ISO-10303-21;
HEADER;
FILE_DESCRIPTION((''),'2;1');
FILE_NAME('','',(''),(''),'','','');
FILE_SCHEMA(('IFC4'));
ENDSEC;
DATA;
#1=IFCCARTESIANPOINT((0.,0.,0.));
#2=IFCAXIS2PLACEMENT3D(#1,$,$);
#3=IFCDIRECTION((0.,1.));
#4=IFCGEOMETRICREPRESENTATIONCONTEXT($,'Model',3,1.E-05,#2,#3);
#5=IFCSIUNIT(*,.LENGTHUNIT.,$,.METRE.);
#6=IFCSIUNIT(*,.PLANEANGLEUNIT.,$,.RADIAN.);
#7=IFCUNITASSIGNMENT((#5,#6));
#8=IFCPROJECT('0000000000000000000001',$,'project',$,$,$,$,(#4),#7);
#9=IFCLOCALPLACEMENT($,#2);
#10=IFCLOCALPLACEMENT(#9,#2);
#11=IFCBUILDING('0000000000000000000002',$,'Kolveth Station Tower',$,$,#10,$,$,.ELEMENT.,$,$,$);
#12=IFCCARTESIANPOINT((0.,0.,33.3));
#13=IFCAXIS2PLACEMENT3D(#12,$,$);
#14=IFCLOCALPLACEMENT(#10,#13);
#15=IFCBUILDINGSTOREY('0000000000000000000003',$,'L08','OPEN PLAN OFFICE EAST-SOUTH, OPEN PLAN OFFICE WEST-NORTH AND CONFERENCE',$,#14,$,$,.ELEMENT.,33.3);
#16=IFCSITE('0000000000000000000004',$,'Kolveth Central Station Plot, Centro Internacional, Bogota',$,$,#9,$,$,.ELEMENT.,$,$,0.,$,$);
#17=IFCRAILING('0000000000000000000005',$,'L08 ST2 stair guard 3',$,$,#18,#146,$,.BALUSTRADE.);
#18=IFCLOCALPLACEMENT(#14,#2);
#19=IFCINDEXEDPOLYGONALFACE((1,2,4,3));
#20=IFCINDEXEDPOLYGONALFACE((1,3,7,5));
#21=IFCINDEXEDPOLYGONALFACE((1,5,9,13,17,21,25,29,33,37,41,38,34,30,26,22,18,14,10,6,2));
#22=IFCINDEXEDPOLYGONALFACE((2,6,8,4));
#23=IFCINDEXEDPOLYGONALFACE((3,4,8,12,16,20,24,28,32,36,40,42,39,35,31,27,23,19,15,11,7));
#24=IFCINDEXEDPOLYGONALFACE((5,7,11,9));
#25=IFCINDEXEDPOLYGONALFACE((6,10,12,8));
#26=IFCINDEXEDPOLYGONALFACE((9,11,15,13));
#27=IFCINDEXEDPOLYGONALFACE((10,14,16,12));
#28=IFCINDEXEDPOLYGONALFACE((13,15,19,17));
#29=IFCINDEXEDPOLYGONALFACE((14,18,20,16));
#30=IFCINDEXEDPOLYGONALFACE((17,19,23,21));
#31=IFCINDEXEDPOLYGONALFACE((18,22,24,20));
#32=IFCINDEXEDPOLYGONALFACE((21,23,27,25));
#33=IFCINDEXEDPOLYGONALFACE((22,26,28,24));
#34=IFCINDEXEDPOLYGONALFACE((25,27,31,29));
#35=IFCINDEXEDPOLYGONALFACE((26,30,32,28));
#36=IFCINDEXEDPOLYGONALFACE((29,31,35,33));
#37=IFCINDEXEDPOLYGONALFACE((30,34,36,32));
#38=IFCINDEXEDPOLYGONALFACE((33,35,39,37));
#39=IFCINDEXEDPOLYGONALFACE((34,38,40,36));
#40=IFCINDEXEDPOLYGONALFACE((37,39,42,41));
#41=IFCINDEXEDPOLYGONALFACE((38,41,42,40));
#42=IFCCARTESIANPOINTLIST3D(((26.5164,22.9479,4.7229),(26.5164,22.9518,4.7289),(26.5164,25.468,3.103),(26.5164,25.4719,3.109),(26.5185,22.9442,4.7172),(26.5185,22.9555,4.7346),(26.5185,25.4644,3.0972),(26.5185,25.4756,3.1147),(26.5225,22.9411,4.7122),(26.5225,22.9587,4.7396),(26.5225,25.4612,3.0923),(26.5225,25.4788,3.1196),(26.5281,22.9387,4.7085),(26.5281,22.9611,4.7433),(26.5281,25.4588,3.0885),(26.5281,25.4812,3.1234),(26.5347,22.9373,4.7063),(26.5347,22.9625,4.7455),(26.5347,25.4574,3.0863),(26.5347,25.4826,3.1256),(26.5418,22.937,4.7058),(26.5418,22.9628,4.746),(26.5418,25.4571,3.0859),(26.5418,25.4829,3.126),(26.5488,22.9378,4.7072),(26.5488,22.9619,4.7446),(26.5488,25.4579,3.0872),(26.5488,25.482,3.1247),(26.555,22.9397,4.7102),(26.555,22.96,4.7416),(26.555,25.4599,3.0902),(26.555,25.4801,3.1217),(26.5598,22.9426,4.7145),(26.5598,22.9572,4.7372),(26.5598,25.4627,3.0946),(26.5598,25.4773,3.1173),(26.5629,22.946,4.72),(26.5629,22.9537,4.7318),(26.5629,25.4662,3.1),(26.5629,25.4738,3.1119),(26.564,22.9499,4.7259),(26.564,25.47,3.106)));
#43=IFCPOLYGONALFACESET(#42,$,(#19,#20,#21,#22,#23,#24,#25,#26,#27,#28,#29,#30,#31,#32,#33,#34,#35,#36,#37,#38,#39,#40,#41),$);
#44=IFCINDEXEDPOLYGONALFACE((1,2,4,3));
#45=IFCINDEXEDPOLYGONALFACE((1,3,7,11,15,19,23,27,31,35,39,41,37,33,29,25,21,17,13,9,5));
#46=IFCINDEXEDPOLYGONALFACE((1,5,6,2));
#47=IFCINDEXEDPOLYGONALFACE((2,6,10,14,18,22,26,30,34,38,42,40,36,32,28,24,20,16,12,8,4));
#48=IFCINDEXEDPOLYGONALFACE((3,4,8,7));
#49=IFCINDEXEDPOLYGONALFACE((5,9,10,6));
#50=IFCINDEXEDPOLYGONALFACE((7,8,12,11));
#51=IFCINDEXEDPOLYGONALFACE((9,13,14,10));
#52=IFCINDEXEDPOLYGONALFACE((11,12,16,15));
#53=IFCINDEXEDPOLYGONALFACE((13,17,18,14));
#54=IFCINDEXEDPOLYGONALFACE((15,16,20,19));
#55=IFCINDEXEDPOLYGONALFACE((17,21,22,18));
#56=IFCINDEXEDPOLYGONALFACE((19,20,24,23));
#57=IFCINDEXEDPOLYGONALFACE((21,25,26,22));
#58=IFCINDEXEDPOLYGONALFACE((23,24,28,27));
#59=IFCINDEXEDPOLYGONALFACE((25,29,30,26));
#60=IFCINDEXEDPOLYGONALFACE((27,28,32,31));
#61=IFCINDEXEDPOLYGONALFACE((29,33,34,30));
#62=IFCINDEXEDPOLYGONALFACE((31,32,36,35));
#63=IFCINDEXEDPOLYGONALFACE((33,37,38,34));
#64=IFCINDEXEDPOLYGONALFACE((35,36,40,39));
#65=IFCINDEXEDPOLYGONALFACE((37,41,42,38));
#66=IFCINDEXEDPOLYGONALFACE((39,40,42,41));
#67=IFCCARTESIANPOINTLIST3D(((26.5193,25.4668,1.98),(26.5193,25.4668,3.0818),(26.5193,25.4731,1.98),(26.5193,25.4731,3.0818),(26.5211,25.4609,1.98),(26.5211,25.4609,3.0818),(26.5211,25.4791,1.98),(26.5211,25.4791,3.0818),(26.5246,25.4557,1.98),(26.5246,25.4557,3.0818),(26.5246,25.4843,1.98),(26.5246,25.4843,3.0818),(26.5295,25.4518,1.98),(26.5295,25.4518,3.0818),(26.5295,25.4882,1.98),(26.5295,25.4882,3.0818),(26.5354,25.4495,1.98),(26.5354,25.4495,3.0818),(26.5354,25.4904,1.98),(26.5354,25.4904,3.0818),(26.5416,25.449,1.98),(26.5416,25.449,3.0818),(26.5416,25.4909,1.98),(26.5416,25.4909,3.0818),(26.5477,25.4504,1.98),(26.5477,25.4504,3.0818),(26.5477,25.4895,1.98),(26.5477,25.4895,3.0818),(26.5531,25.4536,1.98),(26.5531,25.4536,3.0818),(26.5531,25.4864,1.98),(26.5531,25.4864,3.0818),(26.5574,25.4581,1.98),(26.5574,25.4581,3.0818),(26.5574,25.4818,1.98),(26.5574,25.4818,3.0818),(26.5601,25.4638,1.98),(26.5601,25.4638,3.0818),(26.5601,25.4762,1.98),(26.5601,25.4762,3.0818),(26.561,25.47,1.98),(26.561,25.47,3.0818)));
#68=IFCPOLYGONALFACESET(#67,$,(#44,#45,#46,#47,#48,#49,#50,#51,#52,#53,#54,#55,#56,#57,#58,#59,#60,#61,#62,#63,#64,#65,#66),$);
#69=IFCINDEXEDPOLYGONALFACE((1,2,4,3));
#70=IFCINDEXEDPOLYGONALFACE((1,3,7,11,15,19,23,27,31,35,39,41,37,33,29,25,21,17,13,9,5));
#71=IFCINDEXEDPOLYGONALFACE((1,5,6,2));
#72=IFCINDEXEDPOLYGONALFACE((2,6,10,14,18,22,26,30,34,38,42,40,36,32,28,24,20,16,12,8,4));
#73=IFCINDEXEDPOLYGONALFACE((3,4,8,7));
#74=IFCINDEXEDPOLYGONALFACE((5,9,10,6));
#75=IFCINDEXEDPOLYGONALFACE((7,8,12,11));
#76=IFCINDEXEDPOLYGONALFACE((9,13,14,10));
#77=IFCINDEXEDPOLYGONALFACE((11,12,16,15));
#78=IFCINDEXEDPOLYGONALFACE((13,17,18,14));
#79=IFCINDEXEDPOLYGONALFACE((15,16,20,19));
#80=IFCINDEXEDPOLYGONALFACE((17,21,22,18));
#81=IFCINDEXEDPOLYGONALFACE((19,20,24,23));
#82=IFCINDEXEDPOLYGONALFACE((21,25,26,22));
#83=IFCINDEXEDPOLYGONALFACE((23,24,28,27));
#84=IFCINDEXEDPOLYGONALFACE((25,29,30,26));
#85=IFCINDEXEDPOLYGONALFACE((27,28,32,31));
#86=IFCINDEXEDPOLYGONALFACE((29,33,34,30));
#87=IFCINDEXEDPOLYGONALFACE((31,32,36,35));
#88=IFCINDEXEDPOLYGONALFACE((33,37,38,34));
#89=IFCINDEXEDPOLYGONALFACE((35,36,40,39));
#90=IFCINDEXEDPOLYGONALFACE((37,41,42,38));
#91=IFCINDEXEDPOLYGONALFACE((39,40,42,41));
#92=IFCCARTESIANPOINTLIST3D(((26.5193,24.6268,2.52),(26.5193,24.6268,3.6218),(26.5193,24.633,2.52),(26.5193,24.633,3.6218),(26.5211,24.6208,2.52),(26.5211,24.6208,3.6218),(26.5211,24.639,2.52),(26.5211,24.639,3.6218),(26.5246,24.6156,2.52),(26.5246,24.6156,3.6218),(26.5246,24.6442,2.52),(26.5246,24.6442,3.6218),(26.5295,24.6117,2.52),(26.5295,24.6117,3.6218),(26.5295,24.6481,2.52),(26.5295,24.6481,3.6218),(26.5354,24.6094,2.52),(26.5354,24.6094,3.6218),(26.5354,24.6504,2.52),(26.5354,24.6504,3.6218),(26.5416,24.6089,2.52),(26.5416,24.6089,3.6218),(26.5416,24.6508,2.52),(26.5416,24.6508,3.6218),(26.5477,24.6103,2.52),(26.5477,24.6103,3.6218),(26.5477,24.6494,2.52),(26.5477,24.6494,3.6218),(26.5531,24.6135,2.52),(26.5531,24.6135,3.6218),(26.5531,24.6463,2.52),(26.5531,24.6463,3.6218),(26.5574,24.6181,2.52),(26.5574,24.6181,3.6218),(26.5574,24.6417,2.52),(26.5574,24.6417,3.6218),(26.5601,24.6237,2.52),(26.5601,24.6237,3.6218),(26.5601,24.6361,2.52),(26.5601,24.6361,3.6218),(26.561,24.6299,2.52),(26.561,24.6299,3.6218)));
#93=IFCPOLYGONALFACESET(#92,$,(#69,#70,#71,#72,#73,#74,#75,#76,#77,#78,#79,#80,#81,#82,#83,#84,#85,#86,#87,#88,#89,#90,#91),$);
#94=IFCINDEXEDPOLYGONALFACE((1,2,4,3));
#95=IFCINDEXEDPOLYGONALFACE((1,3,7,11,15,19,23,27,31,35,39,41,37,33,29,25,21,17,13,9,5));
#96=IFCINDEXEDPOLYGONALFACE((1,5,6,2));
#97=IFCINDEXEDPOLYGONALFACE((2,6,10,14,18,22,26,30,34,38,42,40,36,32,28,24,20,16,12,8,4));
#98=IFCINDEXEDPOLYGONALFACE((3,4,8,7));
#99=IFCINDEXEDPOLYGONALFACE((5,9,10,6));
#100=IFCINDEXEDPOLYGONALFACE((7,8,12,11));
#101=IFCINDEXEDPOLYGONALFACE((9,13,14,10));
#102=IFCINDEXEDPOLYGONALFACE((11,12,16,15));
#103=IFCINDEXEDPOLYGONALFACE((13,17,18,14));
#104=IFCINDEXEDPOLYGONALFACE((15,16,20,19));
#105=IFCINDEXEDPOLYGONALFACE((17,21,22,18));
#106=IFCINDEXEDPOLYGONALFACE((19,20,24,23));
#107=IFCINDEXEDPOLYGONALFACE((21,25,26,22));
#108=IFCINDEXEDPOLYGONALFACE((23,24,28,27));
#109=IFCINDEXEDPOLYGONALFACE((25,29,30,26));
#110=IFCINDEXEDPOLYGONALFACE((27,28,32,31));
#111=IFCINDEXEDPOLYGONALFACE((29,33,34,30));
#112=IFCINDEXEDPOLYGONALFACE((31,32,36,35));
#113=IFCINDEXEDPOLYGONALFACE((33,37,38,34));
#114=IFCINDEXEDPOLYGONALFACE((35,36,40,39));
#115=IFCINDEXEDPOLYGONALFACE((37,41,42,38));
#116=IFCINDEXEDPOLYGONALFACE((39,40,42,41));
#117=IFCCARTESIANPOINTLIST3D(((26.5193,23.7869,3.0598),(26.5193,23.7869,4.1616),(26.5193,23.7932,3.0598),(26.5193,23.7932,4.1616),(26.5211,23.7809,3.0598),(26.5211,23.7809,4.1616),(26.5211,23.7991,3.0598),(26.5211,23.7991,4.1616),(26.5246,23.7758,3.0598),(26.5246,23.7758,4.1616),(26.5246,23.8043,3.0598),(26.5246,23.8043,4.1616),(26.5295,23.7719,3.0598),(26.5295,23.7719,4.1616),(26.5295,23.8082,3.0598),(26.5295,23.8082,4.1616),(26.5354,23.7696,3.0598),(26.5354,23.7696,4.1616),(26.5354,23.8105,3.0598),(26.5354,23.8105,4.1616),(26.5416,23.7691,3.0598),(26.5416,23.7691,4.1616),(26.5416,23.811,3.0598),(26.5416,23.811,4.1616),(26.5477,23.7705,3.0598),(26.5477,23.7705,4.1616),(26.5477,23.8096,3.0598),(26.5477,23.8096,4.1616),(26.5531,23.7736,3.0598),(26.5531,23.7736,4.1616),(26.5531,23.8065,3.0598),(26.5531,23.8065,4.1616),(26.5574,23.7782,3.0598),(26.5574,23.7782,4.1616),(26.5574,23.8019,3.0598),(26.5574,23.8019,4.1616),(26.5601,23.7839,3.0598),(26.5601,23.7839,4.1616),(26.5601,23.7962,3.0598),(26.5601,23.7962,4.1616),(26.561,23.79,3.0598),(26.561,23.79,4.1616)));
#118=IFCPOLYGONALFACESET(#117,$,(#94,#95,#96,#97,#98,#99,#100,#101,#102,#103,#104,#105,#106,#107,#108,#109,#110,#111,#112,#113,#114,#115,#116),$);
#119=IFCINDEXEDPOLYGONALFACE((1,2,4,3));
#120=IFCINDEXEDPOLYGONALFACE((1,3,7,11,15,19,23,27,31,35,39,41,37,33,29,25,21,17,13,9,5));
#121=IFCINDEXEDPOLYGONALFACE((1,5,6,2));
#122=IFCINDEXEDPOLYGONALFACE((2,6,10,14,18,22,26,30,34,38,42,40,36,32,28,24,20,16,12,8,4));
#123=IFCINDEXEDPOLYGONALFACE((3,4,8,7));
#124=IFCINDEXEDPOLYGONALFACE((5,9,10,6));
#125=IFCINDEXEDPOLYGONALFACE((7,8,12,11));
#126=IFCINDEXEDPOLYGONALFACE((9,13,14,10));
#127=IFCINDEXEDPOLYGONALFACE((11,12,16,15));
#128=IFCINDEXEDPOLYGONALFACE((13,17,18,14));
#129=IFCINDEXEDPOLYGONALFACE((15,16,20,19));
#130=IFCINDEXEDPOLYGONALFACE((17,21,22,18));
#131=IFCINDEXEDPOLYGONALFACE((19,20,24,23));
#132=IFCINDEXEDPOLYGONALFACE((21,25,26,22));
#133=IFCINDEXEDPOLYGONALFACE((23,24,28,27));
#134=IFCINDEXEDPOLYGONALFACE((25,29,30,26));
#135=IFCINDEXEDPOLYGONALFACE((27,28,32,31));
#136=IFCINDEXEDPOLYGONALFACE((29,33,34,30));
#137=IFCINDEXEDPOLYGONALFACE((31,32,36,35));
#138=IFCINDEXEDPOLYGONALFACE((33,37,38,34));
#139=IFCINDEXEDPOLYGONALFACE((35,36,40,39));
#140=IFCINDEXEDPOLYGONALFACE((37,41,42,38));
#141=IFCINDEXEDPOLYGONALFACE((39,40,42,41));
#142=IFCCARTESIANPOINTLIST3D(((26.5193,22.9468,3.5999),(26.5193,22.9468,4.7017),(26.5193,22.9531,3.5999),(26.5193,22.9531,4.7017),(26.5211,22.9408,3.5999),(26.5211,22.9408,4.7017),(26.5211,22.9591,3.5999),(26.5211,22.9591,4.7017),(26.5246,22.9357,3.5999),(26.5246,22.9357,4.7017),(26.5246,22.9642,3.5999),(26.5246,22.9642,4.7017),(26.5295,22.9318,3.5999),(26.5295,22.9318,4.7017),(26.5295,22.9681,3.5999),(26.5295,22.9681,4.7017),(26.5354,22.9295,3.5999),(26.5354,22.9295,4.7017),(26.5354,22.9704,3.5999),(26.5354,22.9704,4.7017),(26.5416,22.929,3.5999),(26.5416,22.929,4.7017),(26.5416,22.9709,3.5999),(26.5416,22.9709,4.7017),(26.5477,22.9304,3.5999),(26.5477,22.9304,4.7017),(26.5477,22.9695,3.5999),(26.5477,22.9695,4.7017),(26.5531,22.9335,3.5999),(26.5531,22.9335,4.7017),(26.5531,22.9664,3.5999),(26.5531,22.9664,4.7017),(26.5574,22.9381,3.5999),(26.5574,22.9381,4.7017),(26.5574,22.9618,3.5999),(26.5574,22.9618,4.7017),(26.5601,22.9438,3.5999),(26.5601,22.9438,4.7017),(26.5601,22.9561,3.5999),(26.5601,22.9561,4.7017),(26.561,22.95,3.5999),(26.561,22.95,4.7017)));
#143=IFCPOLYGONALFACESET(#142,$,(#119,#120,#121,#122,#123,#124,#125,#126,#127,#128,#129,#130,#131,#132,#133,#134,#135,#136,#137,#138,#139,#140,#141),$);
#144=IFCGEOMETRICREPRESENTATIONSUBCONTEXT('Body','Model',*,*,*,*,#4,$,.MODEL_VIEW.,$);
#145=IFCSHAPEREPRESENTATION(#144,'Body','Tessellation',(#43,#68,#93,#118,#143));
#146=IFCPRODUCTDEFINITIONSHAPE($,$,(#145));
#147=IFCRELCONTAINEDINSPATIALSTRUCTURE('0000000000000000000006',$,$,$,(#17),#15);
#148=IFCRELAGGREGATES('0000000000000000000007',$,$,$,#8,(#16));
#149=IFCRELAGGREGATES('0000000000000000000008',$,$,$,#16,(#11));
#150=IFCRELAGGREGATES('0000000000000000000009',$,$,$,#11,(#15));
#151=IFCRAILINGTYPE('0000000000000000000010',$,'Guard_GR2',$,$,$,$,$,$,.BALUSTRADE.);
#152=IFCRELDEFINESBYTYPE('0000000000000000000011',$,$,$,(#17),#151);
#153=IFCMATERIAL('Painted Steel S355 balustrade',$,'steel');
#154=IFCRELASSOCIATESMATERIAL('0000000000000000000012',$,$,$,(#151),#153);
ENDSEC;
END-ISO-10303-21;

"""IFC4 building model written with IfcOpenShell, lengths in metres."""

from ifc_helpers import new_model, si_unit, direction, frame, origin, origin_2d, place, context, subcontext, project, spatial, circle, extrude, material, type_object, element, save


model = new_model("IFC4")

# Units and contexts
model_context = context("Model", 3, precision=1e-05, world=origin(), true_north=direction((0.0, 1.0)))
body_context = subcontext(model_context, "Body", "Model", "MODEL_VIEW")
ifc_project = project(units=[si_unit("LENGTHUNIT", "METRE"), si_unit("PLANEANGLEUNIT", "RADIAN")], contexts=[model_context])

# Site, building, storey
site_placement = place(None, origin())
site = spatial("IfcSite", under=ifc_project, at=site_placement, Name="Kolveth Central Station Plot, Centro Internacional, Bogota", CompositionType="ELEMENT", RefElevation=0.0)
building_placement = place(site_placement, origin())
building = spatial("IfcBuilding", under=site, at=building_placement, Name="Kolveth Station Tower", CompositionType="ELEMENT")
storey_placement = place(building_placement, frame((0.0, 0.0, 33.3)))
storey = spatial("IfcBuildingStorey", under=building, at=storey_placement, Name="L08", Description="OPEN PLAN OFFICE EAST-SOUTH, OPEN PLAN OFFICE WEST-NORTH AND CONFERENCE", CompositionType="ELEMENT", Elevation=33.3)

# Railing
ifc_material_1 = material(Name="Painted Steel S355 balustrade", Category="steel")
railing_type_1 = type_object("IfcRailingType", Name="Guard_GR2", PredefinedType="BALUSTRADE", material=ifc_material_1)
railing_1_placement = place(storey_placement, frame((26.54, 25.47, 1.98)))
element("IfcRailing", 1, at=railing_1_placement, inside=storey, type_object=railing_type_1, Name="L08 ST2 stair guard 3", PredefinedType="BALUSTRADE", context=body_context, shape_type="SweptSolid", body=[
    extrude(circle(Radius=0.0239, at=origin_2d()), frame((0.0, 0.0, 1.126), z_axis=(0.0, -0.8412, 0.540725), x_axis=(1.0, 0.0, 0.0)), (0.0, 0.0, 1.0), 2.9958),
    extrude(circle(Radius=0.021, at=origin_2d()), origin(), (0.0, 0.0, 1.0), 1.1018),
    extrude(circle(Radius=0.021, at=origin_2d()), frame((0.0, -0.8401, 0.54)), (0.0, 0.0, 1.0), 1.1018),
    extrude(circle(Radius=0.021, at=origin_2d()), frame((0.0, -1.6799, 1.0798)), (0.0, 0.0, 1.0), 1.1018),
    extrude(circle(Radius=0.021, at=origin_2d()), frame((0.0, -2.52, 1.6199)), (0.0, 0.0, 1.0), 1.1018),
])

save(model, "model.ifc")
